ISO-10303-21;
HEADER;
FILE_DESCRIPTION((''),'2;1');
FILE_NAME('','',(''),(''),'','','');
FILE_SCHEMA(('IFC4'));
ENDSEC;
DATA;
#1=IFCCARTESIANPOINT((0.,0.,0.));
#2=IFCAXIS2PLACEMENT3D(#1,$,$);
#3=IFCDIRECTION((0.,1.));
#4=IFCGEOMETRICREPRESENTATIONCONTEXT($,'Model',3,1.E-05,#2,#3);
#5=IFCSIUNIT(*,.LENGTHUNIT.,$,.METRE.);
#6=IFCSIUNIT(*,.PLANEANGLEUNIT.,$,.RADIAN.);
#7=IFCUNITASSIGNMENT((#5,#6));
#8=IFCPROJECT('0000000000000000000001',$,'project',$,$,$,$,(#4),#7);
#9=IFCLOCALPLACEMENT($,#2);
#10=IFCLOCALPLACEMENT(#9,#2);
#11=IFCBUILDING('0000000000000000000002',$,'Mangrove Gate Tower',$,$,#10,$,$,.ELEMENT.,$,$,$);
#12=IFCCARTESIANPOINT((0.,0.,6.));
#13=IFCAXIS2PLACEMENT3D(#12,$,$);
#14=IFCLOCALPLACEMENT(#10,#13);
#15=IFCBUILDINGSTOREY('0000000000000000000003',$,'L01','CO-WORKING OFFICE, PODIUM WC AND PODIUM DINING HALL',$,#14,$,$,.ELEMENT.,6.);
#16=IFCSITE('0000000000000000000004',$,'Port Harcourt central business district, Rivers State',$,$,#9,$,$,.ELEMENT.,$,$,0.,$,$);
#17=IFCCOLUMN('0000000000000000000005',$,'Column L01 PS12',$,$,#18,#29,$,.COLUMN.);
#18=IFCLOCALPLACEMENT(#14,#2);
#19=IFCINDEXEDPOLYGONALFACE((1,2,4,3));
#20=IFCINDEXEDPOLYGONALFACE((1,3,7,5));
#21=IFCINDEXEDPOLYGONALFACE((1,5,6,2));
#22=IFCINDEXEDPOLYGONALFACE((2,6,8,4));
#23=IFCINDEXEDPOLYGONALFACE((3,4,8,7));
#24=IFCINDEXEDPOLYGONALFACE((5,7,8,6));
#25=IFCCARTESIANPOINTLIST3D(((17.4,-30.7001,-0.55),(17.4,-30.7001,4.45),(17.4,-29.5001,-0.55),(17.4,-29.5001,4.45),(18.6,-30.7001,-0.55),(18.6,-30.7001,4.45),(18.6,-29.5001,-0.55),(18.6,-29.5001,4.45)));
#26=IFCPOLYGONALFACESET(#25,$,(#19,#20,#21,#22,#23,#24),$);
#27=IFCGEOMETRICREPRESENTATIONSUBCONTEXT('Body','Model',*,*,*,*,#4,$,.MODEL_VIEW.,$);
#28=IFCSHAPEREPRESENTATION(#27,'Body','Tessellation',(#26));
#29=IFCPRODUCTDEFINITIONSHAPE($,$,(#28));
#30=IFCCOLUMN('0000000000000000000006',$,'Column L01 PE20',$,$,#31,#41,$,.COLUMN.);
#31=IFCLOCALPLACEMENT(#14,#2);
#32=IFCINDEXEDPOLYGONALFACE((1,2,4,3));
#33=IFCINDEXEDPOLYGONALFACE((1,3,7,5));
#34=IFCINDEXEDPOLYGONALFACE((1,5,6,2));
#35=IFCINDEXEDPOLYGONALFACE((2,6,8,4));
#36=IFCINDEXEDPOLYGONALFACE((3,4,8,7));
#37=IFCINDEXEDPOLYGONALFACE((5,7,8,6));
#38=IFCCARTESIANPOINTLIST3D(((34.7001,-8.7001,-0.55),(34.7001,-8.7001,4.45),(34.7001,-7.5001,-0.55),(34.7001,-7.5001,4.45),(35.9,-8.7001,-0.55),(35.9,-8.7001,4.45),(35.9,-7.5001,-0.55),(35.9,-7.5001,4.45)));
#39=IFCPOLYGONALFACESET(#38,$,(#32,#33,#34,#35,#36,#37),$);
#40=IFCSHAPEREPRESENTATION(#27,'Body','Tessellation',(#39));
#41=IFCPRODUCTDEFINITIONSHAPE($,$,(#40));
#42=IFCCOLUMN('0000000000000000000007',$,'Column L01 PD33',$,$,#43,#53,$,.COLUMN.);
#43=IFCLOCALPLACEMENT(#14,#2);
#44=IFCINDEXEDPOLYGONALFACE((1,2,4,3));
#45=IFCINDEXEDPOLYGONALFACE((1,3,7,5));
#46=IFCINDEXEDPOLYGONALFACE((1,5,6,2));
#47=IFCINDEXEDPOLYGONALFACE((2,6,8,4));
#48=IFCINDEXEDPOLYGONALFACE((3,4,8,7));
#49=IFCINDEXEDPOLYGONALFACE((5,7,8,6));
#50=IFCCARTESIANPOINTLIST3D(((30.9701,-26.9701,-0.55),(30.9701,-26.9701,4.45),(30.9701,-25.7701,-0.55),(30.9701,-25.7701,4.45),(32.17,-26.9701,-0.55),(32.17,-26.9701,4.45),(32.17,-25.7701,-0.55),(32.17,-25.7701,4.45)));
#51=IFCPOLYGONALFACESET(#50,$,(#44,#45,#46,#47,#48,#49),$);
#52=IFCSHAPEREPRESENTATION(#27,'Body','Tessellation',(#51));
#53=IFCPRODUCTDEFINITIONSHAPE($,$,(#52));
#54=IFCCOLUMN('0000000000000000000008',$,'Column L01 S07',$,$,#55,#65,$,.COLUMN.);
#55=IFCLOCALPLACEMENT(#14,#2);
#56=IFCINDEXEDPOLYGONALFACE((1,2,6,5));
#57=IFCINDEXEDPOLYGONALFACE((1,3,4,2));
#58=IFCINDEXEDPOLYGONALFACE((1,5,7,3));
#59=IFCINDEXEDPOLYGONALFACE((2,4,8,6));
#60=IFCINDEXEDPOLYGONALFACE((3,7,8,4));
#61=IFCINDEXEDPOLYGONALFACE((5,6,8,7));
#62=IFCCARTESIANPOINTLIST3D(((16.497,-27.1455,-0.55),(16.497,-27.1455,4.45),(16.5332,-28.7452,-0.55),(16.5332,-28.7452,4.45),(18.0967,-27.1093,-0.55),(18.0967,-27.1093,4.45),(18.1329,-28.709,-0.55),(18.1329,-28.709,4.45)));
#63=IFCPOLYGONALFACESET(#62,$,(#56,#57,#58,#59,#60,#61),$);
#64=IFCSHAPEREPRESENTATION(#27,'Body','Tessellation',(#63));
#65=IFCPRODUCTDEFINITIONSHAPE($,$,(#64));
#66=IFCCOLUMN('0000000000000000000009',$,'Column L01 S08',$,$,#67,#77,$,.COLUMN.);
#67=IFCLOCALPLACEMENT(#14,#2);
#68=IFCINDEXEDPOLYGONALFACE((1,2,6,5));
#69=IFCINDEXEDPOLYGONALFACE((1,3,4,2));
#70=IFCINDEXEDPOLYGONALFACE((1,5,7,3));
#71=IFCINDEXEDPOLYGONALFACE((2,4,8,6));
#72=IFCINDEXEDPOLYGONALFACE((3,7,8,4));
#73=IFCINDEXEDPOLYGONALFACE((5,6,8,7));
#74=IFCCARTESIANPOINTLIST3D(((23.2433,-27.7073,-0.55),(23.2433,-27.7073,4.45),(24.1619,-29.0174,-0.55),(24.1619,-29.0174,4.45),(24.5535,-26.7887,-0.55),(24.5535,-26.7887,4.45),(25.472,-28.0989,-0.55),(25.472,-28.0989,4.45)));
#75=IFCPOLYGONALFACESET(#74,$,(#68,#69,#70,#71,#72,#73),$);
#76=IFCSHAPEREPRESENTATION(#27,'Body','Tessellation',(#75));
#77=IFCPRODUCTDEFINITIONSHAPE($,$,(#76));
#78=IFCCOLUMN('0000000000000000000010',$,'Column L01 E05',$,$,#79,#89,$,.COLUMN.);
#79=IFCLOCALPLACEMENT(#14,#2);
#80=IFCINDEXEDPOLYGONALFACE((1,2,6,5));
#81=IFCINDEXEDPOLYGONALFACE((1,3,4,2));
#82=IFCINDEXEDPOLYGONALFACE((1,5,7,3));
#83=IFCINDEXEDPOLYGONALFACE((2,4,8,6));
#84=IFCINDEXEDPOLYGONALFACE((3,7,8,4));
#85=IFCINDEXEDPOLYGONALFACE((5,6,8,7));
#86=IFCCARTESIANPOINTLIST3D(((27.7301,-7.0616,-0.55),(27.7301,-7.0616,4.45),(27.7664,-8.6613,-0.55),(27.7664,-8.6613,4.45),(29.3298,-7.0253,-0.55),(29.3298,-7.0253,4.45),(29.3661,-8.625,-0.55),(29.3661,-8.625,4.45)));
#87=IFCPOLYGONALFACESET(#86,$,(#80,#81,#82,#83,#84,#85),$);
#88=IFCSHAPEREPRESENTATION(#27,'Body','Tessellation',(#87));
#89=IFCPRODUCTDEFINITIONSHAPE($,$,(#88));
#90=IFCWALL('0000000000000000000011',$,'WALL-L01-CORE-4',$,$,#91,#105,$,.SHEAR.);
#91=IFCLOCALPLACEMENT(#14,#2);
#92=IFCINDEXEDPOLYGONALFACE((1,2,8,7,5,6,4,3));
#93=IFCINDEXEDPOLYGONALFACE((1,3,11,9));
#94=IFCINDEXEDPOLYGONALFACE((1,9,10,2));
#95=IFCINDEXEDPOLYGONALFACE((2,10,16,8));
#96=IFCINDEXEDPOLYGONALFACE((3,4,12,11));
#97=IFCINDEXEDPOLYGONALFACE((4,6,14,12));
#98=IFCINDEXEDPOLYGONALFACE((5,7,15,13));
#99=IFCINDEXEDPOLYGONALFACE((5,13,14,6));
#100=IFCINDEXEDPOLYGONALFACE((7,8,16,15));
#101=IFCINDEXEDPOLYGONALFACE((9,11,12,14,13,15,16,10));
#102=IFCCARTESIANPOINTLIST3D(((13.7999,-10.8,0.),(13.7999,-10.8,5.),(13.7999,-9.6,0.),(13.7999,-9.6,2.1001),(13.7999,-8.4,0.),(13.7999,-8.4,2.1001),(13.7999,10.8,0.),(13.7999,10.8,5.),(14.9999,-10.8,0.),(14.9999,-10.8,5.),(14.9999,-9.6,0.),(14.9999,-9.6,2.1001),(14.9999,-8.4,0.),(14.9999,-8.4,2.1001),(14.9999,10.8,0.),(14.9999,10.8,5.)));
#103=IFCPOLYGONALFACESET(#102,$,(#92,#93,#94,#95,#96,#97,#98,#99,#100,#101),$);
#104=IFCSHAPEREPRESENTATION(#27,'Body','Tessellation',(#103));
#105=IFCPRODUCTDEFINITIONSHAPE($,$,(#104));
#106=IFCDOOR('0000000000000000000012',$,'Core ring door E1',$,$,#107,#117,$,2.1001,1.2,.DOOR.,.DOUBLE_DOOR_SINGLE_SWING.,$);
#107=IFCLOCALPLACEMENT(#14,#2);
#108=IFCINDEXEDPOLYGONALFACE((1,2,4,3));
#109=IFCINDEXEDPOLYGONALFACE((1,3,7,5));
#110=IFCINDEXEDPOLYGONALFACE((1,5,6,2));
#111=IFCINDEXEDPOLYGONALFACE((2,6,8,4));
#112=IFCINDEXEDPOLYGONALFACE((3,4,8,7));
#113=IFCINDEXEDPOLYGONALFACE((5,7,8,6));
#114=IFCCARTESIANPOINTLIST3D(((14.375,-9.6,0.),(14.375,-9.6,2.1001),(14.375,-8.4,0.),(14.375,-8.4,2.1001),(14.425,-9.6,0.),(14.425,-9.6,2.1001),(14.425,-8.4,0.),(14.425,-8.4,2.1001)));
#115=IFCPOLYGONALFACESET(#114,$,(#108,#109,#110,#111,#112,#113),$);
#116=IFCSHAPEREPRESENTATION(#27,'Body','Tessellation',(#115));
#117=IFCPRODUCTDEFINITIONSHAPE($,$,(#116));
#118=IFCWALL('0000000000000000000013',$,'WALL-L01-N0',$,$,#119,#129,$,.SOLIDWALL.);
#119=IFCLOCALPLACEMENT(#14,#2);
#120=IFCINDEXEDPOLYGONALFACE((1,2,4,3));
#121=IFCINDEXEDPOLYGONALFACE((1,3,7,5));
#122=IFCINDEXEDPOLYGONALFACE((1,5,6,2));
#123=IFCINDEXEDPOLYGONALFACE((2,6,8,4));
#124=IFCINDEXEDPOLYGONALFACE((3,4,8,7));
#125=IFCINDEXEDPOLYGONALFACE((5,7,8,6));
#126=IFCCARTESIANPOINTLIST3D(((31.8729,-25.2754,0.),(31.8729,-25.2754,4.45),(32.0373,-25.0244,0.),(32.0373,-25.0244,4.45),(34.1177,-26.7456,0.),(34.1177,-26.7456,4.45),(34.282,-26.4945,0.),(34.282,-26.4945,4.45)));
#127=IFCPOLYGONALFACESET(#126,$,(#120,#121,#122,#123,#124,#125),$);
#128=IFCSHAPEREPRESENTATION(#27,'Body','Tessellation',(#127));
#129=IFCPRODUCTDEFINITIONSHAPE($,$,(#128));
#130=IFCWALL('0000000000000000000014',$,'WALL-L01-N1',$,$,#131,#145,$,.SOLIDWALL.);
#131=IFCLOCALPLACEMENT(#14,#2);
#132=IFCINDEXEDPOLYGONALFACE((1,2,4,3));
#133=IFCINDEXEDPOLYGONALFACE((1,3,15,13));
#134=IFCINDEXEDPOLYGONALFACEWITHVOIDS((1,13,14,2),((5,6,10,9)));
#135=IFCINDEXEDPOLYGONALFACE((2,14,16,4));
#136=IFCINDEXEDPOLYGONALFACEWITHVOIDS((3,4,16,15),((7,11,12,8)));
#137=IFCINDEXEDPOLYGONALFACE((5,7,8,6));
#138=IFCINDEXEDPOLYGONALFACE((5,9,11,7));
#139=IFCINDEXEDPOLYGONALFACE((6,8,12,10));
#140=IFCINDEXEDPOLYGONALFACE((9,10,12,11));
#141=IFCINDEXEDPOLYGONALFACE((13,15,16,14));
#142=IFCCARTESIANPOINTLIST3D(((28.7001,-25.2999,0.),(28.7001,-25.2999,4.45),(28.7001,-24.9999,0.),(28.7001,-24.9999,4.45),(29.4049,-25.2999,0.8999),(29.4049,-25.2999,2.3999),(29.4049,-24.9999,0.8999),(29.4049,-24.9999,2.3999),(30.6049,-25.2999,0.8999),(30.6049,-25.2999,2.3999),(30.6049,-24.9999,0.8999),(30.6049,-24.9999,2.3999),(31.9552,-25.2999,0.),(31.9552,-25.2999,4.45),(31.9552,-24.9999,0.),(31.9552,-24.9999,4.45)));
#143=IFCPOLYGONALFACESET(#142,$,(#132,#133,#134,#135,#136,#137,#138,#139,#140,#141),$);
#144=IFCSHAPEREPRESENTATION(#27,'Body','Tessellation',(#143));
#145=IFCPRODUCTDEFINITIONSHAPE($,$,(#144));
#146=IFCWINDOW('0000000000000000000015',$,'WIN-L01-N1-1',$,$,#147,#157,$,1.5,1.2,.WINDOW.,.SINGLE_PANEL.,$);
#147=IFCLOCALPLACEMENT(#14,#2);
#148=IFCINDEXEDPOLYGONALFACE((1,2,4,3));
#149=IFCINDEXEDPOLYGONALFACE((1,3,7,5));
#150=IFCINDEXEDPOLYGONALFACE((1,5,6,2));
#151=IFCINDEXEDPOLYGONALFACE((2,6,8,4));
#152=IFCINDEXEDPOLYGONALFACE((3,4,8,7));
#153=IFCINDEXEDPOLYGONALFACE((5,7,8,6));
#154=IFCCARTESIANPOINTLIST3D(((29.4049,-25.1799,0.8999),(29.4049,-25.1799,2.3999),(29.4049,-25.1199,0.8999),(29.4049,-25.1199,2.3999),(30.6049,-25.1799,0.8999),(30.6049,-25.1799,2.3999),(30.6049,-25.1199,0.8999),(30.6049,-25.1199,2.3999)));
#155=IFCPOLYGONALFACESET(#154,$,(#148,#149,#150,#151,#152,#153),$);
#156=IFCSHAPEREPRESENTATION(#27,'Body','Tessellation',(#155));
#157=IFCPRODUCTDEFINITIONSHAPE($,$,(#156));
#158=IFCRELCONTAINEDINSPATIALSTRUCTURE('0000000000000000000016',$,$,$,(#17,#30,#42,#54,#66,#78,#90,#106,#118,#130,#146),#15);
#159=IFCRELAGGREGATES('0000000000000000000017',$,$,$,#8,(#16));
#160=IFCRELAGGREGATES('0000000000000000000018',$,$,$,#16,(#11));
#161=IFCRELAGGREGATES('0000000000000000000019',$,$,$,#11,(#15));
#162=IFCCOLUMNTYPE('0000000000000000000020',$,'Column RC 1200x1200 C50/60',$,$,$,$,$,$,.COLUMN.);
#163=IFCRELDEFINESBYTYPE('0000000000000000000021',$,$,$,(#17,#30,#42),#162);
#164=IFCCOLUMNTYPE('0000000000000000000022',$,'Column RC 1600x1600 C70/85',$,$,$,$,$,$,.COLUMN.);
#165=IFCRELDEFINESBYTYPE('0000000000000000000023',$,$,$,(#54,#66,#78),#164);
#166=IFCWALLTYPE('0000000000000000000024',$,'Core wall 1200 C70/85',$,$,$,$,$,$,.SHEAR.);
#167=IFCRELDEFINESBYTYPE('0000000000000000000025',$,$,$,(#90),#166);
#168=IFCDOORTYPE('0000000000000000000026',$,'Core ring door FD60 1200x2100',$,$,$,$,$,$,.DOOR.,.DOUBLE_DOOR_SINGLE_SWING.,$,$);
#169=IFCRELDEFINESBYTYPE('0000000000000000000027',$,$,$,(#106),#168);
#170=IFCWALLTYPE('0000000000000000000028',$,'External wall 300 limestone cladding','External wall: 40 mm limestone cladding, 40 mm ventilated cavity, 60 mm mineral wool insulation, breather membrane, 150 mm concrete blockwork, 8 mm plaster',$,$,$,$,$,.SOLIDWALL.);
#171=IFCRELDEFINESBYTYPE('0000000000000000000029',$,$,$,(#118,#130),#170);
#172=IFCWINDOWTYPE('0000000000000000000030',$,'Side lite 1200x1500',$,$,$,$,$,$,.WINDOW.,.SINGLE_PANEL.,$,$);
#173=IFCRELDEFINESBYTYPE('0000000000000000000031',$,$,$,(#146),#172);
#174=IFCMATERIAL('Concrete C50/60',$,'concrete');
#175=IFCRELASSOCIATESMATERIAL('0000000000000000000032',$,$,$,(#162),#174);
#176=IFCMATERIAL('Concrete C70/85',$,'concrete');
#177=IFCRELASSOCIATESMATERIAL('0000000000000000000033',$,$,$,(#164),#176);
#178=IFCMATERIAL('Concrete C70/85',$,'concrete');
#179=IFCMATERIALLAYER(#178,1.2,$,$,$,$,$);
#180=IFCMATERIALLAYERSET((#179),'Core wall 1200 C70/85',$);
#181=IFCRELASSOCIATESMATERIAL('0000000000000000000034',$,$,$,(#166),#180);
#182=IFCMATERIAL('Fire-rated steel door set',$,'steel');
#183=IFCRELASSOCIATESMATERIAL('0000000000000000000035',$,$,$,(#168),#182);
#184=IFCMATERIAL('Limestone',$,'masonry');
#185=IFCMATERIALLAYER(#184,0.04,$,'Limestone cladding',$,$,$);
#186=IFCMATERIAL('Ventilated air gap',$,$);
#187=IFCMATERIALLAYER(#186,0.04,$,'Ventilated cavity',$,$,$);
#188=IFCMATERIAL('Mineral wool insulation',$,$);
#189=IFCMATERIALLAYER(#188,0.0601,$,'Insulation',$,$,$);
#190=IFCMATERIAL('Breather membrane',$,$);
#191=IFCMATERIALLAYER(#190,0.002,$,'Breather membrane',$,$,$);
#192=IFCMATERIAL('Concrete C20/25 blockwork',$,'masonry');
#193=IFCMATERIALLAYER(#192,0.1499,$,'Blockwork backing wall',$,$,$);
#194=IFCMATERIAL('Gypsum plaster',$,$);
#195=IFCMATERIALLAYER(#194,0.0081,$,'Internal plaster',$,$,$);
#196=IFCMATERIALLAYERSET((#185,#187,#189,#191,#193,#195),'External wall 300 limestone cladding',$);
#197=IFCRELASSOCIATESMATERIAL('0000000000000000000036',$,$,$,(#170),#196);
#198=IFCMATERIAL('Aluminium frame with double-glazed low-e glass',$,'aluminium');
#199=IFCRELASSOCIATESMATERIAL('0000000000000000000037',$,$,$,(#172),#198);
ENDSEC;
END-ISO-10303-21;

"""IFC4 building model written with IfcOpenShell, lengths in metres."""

from ifc_helpers import new_model, si_unit, direction, frame, frame_2d, origin, origin_2d, place, context, subcontext, project, spatial, rectangle, extrude, material, layer, layer_set, material_profile, profile_set, type_object, element, fill, save


model = new_model("IFC4")

# Units and contexts
model_context = context("Model", 3, precision=1e-05, world=origin(), true_north=direction((0.0, 1.0)))
body_context = subcontext(model_context, "Body", "Model", "MODEL_VIEW")
ifc_project = project(units=[si_unit("LENGTHUNIT", "METRE"), si_unit("PLANEANGLEUNIT", "RADIAN")], contexts=[model_context])

# Site, building, storey
site_placement = place(None, origin())
site = spatial("IfcSite", under=ifc_project, at=site_placement, Name="Port Harcourt central business district, Rivers State", CompositionType="ELEMENT", RefElevation=0.0)
building_placement = place(site_placement, origin())
building = spatial("IfcBuilding", under=site, at=building_placement, Name="Mangrove Gate Tower", CompositionType="ELEMENT")
storey_placement = place(building_placement, frame((0.0, 0.0, 6.0)))
storey = spatial("IfcBuildingStorey", under=building, at=storey_placement, Name="L01", Description="CO-WORKING OFFICE, PODIUM WC AND PODIUM DINING HALL", CompositionType="ELEMENT", Elevation=6.0)

# Columns
ifc_material_1 = material(Name="Concrete C50/60", Category="concrete")
ifc_material_profile_1 = material_profile(ifc_material_1, rectangle(XDim=1.2, YDim=1.2, at=origin_2d()))
ifc_profile_set_1 = profile_set([ifc_material_profile_1], Name="Concrete C50/60")
column_type_1 = type_object("IfcColumnType", Name="Column RC 1200x1200 C50/60", PredefinedType="COLUMN", material=ifc_profile_set_1)
for number, where, z_axis, x_axis, name in (
    (1, (18.0, -30.1001, -0.55), (0.0, 0.0, 1.0), (1.0, 0.0, 0.0), "Column L01 PS12"),
    (2, (35.3, -8.1001, -0.55), (0.0, 0.0, 1.0), (1.0, 0.0, 0.0), "Column L01 PE20"),
    (3, (31.5701, -26.3701, -0.55), (0.0, 0.0, 1.0), (1.0, 0.0, 0.0), "Column L01 PD33"),
):
    element("IfcColumn", number, at=place(storey_placement, frame(where, z_axis=z_axis, x_axis=x_axis)), inside=storey, type_object=column_type_1, Name=name, PredefinedType="COLUMN", context=body_context, shape_type="SweptSolid", body=[
        extrude(rectangle(XDim=1.2, YDim=1.2, at=origin_2d()), origin(), (0.0, 0.0, 1.0), 5.0),
    ])
ifc_material_2 = material(Name="Concrete C70/85", Category="concrete")
ifc_material_profile_2 = material_profile(ifc_material_2, rectangle(XDim=1.6001, YDim=1.6001, at=origin_2d()))
ifc_profile_set_2 = profile_set([ifc_material_profile_2], Name="Concrete C70/85")
column_type_2 = type_object("IfcColumnType", Name="Column RC 1600x1600 C70/85", PredefinedType="COLUMN", material=ifc_profile_set_2)
for number, where, z_axis, x_axis, name in (
    (4, (17.3149, -27.9272, -0.55), (0.0, 0.0, 1.0), (0.999744, 0.022644, 0.0), "Column L01 S07"),
    (5, (24.3577, -27.9031, -0.55), (0.0, 0.0, 1.0), (0.818799, 0.574081, 0.0), "Column L01 S08"),
    (6, (28.5481, -7.8433, -0.55), (0.0, 0.0, 1.0), (-0.022681, 0.999743, 0.0), "Column L01 E05"),
):
    element("IfcColumn", number, at=place(storey_placement, frame(where, z_axis=z_axis, x_axis=x_axis)), inside=storey, type_object=column_type_2, Name=name, PredefinedType="COLUMN", context=body_context, shape_type="SweptSolid", body=[
        extrude(rectangle(XDim=1.6001, YDim=1.6001, at=origin_2d()), origin(), (0.0, 0.0, 1.0), 5.0),
    ])

# Wall, opening, door
ifc_material_3 = material(Name="Concrete C70/85", Category="concrete")
ifc_layer_1 = layer(ifc_material_3, 1.2)
ifc_layer_set_1 = layer_set([ifc_layer_1], Name="Core wall 1200 C70/85")
wall_type_1 = type_object("IfcWallType", Name="Core wall 1200 C70/85", PredefinedType="SHEAR", material=ifc_layer_set_1)
wall_1_placement = place(storey_placement, frame((14.3999, -10.8, 0.0), z_axis=(0.0, 0.0, 1.0), x_axis=(0.0, 1.0, 0.0)))
wall_1 = element("IfcWall", 7, at=wall_1_placement, inside=storey, type_object=wall_type_1, Name="WALL-L01-CORE-4", PredefinedType="SHEAR", context=body_context, shape_type="SweptSolid", body=[
    extrude(rectangle(XDim=21.6001, YDim=1.2, at=frame_2d((10.8, 0.0))), origin(), (0.0, 0.0, 1.0), 5.0),
])
opening_1_placement = place(wall_1_placement, frame((1.2, 0.0, 0.0)))
opening_1 = element("IfcOpeningElement", 8, at=opening_1_placement, cuts=wall_1, PredefinedType="OPENING", context=body_context, shape_type="SweptSolid", body=[
    extrude(rectangle(XDim=1.2, YDim=2.1001, at=frame_2d((0.6001, 1.05))), frame((0.0, 0.6099, 0.0), z_axis=(0.0, -1.0, 0.0), x_axis=(1.0, 0.0, 0.0)), (0.0, 0.0, 1.0), 1.22),
])
ifc_material_4 = material(Name="Fire-rated steel door set", Category="steel")
door_type = type_object("IfcDoorType", Name="Core ring door FD60 1200x2100", OperationType="DOUBLE_DOOR_SINGLE_SWING", PredefinedType="DOOR", material=ifc_material_4)
door_placement = place(opening_1_placement, origin())
door = element("IfcDoor", 9, at=door_placement, inside=storey, type_object=door_type, Name="Core ring door E1", OperationType="DOUBLE_DOOR_SINGLE_SWING", OverallHeight=2.1001, OverallWidth=1.2, PredefinedType="DOOR", context=body_context, shape_type="SweptSolid", body=[
    extrude(rectangle(XDim=1.2, YDim=2.1001, at=frame_2d((0.6001, 1.05))), frame((0.0, 0.0249, 0.0), z_axis=(0.0, -1.0, 0.0), x_axis=(1.0, 0.0, 0.0)), (0.0, 0.0, 1.0), 0.05),
])
fill(opening_1, door)

# Wall
ifc_material_5 = material(Name="Limestone", Category="masonry")
ifc_layer_2 = layer(ifc_material_5, 0.04, Name="Limestone cladding")
ifc_material_6 = material(Name="Ventilated air gap")
ifc_layer_3 = layer(ifc_material_6, 0.04, Name="Ventilated cavity")
ifc_material_7 = material(Name="Mineral wool insulation")
ifc_layer_4 = layer(ifc_material_7, 0.0601, Name="Insulation")
ifc_material_8 = material(Name="Breather membrane")
ifc_layer_5 = layer(ifc_material_8, 0.002, Name="Breather membrane")
ifc_material_9 = material(Name="Concrete C20/25 blockwork", Category="masonry")
ifc_layer_6 = layer(ifc_material_9, 0.1499, Name="Blockwork backing wall")
ifc_material_10 = material(Name="Gypsum plaster")
ifc_layer_7 = layer(ifc_material_10, 0.0081, Name="Internal plaster")
ifc_layer_set_2 = layer_set([ifc_layer_2, ifc_layer_3, ifc_layer_4, ifc_layer_5, ifc_layer_6, ifc_layer_7], Name="External wall 300 limestone cladding")
wall_type_2 = type_object("IfcWallType", Name="External wall 300 limestone cladding", Description="External wall: 40 mm limestone cladding, 40 mm ventilated cavity, 60 mm mineral wool insulation, breather membrane, 150 mm concrete blockwork, 8 mm plaster", PredefinedType="SOLIDWALL", material=ifc_layer_set_2)
wall_2_placement = place(storey_placement, frame((34.2, -26.6201, 0.0), z_axis=(0.0, 0.0, 1.0), x_axis=(-0.836557, 0.547879, 0.0)))
element("IfcWall", 10, at=wall_2_placement, inside=storey, type_object=wall_type_2, Name="WALL-L01-N0", PredefinedType="SOLIDWALL", context=body_context, shape_type="SweptSolid", body=[
    extrude(rectangle(XDim=2.6833, YDim=0.3, at=frame_2d((1.3418, 0.0))), origin(), (0.0, 0.0, 1.0), 4.45),
])

# Wall, opening, window
wall_3_placement = place(storey_placement, frame((31.9551, -25.1499, 0.0), z_axis=(0.0, 0.0, 1.0), x_axis=(-1.0, 0.0, 0.0)))
wall_3 = element("IfcWall", 11, at=wall_3_placement, inside=storey, type_object=wall_type_2, Name="WALL-L01-N1", PredefinedType="SOLIDWALL", context=body_context, shape_type="SweptSolid", body=[
    extrude(rectangle(XDim=3.2551, YDim=0.3, at=frame_2d((1.6274, 0.0))), origin(), (0.0, 0.0, 1.0), 4.45),
])
opening_2_placement = place(wall_3_placement, frame((1.3501, 0.0, 0.8999)))
opening_2 = element("IfcOpeningElement", 12, at=opening_2_placement, cuts=wall_3, PredefinedType="OPENING", context=body_context, shape_type="SweptSolid", body=[
    extrude(rectangle(XDim=1.2, YDim=1.5, at=frame_2d((0.6001, 0.75))), frame((0.0, 0.1599, 0.0), z_axis=(0.0, -1.0, 0.0), x_axis=(1.0, 0.0, 0.0)), (0.0, 0.0, 1.0), 0.3201),
])
ifc_material_11 = material(Name="Aluminium frame with double-glazed low-e glass", Category="aluminium")
window_type_1 = type_object("IfcWindowType", Name="Side lite 1200x1500", PartitioningType="SINGLE_PANEL", PredefinedType="WINDOW", material=ifc_material_11)
window_1_placement = place(opening_2_placement, origin())
window_1 = element("IfcWindow", 13, at=window_1_placement, inside=storey, type_object=window_type_1, Name="WIN-L01-N1-1", OverallHeight=1.5, OverallWidth=1.2, PartitioningType="SINGLE_PANEL", PredefinedType="WINDOW", context=body_context, shape_type="SweptSolid", body=[
    extrude(rectangle(XDim=1.2, YDim=1.5, at=frame_2d((0.6001, 0.75))), frame((0.0, 0.03, 0.0), z_axis=(0.0, -1.0, 0.0), x_axis=(1.0, 0.0, 0.0)), (0.0, 0.0, 1.0), 0.0601),
])
fill(opening_2, window_1)

save(model, "model.ifc")
